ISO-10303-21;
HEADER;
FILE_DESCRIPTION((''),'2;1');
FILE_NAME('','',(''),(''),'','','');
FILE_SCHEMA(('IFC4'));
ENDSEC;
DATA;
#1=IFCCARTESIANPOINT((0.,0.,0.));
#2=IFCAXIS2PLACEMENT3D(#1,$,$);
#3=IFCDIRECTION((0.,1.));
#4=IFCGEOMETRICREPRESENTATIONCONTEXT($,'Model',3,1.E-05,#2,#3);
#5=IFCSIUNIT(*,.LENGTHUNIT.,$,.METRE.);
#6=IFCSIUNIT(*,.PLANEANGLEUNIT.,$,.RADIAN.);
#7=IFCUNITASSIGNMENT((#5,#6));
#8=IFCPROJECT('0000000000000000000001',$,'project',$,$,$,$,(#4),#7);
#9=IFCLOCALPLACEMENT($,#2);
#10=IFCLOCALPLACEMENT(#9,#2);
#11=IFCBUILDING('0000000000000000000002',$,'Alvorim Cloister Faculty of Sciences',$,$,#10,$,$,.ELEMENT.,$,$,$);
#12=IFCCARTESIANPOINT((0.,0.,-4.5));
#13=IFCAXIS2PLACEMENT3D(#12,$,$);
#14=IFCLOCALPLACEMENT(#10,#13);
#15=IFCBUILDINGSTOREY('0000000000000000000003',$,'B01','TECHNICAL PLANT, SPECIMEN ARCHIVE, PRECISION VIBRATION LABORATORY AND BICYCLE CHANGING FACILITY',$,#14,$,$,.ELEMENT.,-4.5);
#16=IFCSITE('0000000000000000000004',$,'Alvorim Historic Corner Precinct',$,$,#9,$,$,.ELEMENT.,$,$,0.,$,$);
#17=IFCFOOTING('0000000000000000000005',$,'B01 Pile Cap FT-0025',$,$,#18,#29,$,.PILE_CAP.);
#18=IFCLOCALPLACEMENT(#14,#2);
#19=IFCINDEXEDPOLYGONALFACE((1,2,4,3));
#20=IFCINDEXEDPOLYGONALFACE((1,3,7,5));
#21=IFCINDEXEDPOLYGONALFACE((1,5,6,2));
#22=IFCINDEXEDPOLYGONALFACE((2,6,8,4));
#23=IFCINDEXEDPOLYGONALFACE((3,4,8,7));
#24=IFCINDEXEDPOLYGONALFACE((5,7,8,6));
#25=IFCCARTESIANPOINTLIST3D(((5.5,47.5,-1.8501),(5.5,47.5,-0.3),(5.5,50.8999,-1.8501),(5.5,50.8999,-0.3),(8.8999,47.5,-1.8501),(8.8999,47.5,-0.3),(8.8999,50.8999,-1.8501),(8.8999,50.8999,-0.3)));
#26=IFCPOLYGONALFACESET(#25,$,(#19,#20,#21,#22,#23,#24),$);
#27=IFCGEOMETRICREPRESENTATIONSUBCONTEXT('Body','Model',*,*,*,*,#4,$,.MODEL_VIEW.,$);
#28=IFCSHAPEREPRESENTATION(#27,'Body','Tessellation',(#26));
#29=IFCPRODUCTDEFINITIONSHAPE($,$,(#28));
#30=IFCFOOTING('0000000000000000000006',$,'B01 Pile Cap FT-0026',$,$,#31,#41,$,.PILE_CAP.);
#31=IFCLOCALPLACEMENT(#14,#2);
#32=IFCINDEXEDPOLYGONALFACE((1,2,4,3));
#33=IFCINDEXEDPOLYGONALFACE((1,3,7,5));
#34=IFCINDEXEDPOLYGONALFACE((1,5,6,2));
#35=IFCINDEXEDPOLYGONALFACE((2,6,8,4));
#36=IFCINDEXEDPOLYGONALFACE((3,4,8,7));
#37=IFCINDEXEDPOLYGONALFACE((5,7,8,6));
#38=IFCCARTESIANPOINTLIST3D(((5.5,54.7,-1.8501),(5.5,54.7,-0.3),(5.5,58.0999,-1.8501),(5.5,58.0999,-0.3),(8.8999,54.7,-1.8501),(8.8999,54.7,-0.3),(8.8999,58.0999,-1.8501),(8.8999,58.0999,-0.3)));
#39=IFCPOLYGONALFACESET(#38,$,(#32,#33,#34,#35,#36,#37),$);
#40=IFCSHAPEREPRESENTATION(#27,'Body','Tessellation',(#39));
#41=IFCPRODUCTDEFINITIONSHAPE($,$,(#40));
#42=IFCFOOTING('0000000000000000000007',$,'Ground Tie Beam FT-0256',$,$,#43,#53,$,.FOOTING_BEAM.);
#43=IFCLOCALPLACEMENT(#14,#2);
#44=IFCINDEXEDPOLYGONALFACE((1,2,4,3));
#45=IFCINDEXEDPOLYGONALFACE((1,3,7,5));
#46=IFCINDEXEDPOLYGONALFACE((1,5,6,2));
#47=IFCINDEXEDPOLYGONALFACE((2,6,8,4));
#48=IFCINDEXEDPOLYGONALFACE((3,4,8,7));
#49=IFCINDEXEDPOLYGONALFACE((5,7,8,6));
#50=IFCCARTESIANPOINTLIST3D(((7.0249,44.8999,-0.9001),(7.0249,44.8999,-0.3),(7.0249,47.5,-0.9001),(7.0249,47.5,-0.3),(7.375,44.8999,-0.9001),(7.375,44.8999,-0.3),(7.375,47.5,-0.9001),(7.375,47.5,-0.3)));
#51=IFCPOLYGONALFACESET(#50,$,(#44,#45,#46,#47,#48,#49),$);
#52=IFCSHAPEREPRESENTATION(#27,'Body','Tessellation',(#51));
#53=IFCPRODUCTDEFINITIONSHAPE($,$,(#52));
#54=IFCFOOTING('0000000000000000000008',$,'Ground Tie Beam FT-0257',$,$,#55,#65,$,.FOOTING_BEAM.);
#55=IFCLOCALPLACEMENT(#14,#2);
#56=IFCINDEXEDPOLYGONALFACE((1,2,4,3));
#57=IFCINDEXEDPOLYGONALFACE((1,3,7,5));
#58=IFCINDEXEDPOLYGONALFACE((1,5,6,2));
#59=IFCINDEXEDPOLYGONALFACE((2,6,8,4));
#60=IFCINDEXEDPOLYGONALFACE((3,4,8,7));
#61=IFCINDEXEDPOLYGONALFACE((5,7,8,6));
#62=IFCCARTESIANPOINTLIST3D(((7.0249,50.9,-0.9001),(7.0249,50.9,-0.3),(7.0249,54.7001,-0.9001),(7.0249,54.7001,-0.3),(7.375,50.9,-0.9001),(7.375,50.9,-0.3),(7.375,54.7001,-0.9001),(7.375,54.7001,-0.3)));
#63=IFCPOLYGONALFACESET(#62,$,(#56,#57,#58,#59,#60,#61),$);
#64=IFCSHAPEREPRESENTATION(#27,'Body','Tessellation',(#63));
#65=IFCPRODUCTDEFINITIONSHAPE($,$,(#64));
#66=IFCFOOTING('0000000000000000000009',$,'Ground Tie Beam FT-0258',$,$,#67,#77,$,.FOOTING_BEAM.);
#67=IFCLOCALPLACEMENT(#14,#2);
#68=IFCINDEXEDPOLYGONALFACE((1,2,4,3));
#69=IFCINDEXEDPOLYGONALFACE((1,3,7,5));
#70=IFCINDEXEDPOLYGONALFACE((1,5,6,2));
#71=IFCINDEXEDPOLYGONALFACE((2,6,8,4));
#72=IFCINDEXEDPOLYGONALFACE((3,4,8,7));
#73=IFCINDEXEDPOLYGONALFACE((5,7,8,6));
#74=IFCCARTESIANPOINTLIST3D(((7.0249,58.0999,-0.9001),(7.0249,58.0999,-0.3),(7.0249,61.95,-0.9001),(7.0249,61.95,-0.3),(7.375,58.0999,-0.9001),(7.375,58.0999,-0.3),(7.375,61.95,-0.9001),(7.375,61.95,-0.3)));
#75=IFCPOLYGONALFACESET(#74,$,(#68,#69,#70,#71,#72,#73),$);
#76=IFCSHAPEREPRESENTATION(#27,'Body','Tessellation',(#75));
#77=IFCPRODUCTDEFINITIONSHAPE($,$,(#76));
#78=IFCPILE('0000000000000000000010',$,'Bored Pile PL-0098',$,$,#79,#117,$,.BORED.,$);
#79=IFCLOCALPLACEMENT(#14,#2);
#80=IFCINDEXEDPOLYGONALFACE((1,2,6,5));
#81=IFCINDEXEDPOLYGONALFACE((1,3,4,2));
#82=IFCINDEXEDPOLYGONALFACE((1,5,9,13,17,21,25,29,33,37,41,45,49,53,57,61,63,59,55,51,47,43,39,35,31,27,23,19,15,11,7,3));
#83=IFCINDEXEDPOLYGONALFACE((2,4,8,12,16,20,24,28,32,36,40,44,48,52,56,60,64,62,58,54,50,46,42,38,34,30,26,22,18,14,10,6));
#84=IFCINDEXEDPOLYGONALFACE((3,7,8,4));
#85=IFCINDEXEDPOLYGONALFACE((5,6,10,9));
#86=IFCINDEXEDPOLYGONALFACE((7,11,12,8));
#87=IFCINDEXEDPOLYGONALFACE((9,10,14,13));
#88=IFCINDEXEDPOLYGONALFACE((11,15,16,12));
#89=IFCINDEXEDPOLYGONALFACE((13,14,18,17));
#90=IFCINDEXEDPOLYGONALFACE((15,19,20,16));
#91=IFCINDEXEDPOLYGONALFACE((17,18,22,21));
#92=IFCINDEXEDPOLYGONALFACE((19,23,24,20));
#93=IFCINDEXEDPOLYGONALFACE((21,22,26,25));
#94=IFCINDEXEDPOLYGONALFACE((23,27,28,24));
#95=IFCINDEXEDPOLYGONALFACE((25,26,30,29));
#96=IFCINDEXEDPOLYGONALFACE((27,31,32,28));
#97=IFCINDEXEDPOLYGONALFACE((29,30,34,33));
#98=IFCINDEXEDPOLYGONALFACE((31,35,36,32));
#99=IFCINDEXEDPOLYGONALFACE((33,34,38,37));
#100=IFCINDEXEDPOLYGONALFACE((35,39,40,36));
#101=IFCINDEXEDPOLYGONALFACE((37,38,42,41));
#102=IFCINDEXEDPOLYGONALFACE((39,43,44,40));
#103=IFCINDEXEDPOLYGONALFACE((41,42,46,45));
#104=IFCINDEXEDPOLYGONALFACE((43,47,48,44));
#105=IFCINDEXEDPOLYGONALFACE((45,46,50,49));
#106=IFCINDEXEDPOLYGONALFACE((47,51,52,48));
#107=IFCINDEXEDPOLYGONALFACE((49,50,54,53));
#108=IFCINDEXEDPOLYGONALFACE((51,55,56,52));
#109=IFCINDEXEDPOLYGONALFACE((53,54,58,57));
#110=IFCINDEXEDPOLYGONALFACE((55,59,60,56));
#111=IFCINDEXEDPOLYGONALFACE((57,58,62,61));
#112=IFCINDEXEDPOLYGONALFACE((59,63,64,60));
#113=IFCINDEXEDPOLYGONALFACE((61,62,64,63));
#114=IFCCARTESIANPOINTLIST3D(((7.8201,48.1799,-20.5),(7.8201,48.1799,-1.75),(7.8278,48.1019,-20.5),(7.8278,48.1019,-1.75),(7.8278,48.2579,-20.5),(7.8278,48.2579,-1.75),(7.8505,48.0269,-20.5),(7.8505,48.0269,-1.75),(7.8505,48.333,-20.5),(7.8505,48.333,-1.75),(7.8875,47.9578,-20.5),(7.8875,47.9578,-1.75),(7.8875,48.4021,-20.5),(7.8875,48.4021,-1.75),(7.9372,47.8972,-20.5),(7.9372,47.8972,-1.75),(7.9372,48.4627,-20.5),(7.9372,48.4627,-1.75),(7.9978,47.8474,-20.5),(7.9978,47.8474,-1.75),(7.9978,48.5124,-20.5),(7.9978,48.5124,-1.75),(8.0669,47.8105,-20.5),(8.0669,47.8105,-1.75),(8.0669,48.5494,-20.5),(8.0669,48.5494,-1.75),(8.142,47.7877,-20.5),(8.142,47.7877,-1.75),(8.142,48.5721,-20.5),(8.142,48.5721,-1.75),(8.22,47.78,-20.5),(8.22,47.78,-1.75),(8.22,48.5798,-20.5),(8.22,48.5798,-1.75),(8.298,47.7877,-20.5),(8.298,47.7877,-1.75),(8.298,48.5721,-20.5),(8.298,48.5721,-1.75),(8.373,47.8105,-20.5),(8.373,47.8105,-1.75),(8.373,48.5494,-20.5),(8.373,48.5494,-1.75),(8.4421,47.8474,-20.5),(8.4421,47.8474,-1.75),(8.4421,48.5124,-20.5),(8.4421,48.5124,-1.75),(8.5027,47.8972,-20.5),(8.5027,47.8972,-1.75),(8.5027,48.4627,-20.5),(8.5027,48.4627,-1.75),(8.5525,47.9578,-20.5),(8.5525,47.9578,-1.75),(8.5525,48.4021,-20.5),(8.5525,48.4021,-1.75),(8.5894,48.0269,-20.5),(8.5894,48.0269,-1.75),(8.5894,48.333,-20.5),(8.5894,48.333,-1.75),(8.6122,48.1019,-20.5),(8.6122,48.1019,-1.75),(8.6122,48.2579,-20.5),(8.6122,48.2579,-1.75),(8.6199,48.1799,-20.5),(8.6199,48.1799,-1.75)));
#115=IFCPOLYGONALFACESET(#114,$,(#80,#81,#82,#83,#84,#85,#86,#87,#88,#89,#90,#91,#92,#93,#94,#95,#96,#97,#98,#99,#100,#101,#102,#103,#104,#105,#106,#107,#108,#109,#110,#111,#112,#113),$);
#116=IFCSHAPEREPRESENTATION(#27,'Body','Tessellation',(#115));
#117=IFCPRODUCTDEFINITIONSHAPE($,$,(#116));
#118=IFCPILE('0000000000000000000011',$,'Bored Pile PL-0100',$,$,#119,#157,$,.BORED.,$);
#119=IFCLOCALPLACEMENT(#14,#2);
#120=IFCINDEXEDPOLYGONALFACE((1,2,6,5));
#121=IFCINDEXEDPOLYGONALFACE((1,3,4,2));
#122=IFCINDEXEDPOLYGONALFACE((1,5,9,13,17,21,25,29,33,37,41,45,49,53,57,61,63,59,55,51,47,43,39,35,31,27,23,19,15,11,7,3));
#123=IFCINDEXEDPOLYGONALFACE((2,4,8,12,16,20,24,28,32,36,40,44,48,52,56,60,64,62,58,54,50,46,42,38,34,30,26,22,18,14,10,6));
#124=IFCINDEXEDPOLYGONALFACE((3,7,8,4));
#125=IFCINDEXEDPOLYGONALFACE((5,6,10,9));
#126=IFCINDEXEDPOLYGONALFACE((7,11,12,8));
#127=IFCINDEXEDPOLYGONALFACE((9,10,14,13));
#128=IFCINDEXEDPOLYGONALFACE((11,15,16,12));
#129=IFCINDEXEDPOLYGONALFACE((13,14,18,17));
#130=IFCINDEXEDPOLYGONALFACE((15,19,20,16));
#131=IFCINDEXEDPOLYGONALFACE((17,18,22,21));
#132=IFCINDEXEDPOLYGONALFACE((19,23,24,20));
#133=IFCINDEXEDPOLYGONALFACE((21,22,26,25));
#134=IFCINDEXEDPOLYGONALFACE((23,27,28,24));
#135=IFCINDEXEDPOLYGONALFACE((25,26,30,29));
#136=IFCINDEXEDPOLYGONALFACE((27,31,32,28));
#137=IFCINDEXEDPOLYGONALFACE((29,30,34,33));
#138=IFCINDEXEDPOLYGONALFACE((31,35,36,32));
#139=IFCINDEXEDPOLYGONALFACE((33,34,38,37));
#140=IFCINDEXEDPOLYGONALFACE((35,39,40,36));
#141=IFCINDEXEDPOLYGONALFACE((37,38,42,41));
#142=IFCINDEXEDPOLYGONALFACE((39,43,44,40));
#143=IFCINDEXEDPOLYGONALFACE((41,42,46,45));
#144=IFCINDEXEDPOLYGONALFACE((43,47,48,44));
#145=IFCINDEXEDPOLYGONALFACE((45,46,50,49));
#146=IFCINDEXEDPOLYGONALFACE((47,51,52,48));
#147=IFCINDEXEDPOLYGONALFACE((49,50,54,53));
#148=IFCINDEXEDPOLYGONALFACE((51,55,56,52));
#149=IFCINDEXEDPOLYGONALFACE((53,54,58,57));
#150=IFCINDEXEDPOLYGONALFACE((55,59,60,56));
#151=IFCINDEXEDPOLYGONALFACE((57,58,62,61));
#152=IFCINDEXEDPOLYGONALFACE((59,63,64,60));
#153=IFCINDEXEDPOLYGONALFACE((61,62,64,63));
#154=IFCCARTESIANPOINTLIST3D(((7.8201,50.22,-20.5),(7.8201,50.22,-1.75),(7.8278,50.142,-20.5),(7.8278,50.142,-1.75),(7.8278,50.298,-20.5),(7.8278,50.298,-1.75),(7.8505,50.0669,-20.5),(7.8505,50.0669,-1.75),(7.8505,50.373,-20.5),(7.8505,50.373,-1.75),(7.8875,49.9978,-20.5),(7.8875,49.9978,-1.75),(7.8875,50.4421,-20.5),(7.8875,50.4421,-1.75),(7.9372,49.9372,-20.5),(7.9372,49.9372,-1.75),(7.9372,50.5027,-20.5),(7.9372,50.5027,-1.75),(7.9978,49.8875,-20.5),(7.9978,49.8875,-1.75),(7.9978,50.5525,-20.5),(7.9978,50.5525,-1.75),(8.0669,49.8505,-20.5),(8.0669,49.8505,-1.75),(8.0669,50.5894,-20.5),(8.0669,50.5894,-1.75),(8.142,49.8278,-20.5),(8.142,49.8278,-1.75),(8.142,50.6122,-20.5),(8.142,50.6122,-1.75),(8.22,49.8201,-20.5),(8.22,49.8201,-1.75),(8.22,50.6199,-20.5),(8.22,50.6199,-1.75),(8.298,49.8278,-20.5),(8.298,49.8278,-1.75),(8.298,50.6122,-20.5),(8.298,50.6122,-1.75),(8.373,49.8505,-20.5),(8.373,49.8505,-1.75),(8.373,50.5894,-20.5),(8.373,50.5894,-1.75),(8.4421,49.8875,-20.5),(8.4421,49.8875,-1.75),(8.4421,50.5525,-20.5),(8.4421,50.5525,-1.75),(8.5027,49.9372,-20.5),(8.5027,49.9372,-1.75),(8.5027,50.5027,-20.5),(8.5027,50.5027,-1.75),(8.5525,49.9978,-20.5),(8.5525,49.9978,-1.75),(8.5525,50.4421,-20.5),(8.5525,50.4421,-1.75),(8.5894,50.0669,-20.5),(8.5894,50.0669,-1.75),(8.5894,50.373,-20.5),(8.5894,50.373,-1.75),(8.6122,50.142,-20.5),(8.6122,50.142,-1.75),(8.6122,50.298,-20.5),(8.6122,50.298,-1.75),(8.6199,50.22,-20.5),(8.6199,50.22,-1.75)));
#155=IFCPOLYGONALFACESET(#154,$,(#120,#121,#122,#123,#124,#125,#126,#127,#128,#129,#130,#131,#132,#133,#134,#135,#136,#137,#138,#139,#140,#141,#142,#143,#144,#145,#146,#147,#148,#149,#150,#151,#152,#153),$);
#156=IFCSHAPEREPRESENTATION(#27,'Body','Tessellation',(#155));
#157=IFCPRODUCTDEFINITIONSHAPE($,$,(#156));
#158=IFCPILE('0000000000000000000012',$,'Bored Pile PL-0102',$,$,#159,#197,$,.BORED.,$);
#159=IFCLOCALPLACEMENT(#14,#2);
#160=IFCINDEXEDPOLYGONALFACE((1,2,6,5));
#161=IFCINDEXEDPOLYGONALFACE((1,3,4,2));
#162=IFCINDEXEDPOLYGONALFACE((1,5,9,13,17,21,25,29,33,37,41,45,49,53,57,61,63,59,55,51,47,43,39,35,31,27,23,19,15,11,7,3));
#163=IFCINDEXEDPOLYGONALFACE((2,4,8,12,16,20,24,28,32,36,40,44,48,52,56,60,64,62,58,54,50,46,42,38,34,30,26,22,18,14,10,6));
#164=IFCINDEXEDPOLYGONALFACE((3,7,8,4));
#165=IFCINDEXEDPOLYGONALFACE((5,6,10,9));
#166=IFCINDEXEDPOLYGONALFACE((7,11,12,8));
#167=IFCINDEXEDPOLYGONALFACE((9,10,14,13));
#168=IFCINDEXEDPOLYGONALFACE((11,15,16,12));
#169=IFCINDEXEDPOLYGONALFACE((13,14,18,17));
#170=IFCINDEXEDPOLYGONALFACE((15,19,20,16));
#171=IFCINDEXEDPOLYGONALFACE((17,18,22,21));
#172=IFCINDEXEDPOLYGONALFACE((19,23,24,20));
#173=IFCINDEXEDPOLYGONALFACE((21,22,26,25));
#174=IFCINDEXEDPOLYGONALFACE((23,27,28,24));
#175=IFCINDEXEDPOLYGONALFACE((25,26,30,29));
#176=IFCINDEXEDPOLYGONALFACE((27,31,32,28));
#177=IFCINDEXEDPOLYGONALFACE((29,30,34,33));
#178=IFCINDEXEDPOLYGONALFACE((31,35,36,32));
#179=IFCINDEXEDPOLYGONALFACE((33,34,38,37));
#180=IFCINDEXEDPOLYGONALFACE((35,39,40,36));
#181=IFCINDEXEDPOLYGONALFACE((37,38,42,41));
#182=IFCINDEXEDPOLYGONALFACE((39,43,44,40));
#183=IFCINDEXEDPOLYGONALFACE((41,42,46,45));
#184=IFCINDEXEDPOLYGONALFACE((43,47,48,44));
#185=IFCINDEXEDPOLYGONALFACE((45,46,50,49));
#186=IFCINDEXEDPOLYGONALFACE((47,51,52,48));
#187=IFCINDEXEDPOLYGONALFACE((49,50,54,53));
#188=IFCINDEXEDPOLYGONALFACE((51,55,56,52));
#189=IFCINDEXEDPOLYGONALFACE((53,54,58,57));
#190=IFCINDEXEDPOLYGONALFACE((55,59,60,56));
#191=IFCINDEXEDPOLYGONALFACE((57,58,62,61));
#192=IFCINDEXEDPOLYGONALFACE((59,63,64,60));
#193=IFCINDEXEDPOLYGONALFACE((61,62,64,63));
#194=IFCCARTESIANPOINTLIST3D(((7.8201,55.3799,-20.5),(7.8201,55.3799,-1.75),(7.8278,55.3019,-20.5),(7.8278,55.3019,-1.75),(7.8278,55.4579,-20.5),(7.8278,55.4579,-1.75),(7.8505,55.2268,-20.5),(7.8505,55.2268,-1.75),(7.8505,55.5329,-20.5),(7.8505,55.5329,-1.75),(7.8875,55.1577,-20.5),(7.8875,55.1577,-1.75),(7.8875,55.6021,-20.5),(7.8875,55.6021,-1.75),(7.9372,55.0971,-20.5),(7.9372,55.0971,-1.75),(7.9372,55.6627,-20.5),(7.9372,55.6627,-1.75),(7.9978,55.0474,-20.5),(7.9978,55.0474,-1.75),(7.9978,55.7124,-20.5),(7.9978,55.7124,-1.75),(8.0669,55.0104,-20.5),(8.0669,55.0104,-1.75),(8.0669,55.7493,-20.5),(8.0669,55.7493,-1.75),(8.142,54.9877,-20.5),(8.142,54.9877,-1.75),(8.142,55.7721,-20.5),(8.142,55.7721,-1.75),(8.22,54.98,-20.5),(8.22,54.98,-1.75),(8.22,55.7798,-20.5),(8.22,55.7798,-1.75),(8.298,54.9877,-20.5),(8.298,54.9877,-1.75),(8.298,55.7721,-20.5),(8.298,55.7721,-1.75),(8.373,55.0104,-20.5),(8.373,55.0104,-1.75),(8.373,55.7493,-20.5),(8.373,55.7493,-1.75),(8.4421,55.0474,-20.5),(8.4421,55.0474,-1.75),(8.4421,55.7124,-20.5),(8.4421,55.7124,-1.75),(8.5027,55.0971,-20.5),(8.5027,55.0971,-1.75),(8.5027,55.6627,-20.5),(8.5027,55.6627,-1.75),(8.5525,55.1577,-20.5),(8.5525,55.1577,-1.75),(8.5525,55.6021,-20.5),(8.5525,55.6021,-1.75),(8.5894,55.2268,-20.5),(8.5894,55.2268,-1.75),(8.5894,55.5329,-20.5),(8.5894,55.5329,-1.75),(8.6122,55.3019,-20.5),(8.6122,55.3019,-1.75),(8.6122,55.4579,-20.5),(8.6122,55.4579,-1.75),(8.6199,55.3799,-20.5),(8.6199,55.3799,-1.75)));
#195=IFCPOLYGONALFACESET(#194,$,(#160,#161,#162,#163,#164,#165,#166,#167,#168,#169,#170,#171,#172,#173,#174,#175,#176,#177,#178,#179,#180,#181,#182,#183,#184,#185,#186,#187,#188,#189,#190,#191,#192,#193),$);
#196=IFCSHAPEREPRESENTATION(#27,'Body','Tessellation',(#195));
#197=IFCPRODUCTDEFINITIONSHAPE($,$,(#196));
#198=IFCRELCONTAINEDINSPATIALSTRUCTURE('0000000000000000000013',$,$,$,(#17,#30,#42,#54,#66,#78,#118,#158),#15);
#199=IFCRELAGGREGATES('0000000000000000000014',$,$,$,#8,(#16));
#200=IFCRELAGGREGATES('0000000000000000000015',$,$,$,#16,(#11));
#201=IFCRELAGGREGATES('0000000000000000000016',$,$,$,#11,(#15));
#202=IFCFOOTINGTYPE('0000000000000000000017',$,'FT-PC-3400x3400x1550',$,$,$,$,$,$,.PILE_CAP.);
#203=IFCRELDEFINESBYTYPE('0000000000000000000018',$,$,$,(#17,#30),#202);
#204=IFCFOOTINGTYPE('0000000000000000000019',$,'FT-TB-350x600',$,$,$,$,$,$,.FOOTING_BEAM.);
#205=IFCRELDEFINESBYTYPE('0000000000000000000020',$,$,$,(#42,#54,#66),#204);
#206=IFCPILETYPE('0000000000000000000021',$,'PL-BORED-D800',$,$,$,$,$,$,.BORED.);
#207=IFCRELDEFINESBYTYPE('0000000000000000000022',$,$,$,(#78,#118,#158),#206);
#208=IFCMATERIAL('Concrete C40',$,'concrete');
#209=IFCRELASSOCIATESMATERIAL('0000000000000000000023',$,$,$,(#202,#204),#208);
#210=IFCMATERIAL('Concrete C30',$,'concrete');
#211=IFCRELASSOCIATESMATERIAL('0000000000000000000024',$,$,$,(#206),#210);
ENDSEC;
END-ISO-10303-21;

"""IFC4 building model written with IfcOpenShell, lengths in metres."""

from ifc_helpers import new_model, si_unit, direction, frame, origin, origin_2d, place, context, subcontext, project, spatial, rectangle, circle, extrude, material, material_profile, profile_set, type_object, element, save


model = new_model("IFC4")

# Units and contexts
model_context = context("Model", 3, precision=1e-05, world=origin(), true_north=direction((0.0, 1.0)))
body_context = subcontext(model_context, "Body", "Model", "MODEL_VIEW")
ifc_project = project(units=[si_unit("LENGTHUNIT", "METRE"), si_unit("PLANEANGLEUNIT", "RADIAN")], contexts=[model_context])

# Site, building, storey
site_placement = place(None, origin())
site = spatial("IfcSite", under=ifc_project, at=site_placement, Name="Alvorim Historic Corner Precinct", CompositionType="ELEMENT", RefElevation=0.0)
building_placement = place(site_placement, origin())
building = spatial("IfcBuilding", under=site, at=building_placement, Name="Alvorim Cloister Faculty of Sciences", CompositionType="ELEMENT")
storey_placement = place(building_placement, frame((0.0, 0.0, -4.5)))
storey = spatial("IfcBuildingStorey", under=building, at=storey_placement, Name="B01", Description="TECHNICAL PLANT, SPECIMEN ARCHIVE, PRECISION VIBRATION LABORATORY AND BICYCLE CHANGING FACILITY", CompositionType="ELEMENT", Elevation=-4.5)

# Footings
ifc_material_1 = material(Name="Concrete C40", Category="concrete")
footing_type_1 = type_object("IfcFootingType", Name="FT-PC-3400x3400x1550", PredefinedType="PILE_CAP", material=ifc_material_1)
for number, where, z_axis, x_axis, name in (
    (1, (7.2, 49.2, -1.8501), (0.0, 0.0, 1.0), (1.0, 0.0, 0.0), "B01 Pile Cap FT-0025"),
    (2, (7.2, 56.3999, -1.8501), (0.0, 0.0, 1.0), (1.0, 0.0, 0.0), "B01 Pile Cap FT-0026"),
):
    element("IfcFooting", number, at=place(storey_placement, frame(where, z_axis=z_axis, x_axis=x_axis)), inside=storey, type_object=footing_type_1, Name=name, PredefinedType="PILE_CAP", context=body_context, shape_type="SweptSolid", body=[
        extrude(rectangle(XDim=3.3999, YDim=3.3999, at=origin_2d()), origin(), (0.0, 0.0, 1.0), 1.55),
    ])
footing_type_2 = type_object("IfcFootingType", Name="FT-TB-350x600", PredefinedType="FOOTING_BEAM", material=ifc_material_1)
footing_1_placement = place(storey_placement, frame((7.2, 46.2, -0.9001), z_axis=(0.0, 0.0, 1.0), x_axis=(1.0, 0.0, 0.0)))
element("IfcFooting", 3, at=footing_1_placement, inside=storey, type_object=footing_type_2, Name="Ground Tie Beam FT-0256", PredefinedType="FOOTING_BEAM", context=body_context, shape_type="SweptSolid", body=[
    extrude(rectangle(XDim=0.3501, YDim=2.6001, at=origin_2d()), origin(), (0.0, 0.0, 1.0), 0.6001),
])
footing_2_placement = place(storey_placement, frame((7.2, 52.8, -0.9001), z_axis=(0.0, 0.0, 1.0), x_axis=(1.0, 0.0, 0.0)))
element("IfcFooting", 4, at=footing_2_placement, inside=storey, type_object=footing_type_2, Name="Ground Tie Beam FT-0257", PredefinedType="FOOTING_BEAM", context=body_context, shape_type="SweptSolid", body=[
    extrude(rectangle(XDim=0.3501, YDim=3.8, at=origin_2d()), origin(), (0.0, 0.0, 1.0), 0.6001),
])
footing_3_placement = place(storey_placement, frame((7.2, 60.0249, -0.9001), z_axis=(0.0, 0.0, 1.0), x_axis=(1.0, 0.0, 0.0)))
element("IfcFooting", 5, at=footing_3_placement, inside=storey, type_object=footing_type_2, Name="Ground Tie Beam FT-0258", PredefinedType="FOOTING_BEAM", context=body_context, shape_type="SweptSolid", body=[
    extrude(rectangle(XDim=0.3501, YDim=3.8501, at=origin_2d()), origin(), (0.0, 0.0, 1.0), 0.6001),
])

# Piles
ifc_material_2 = material(Name="Concrete C30", Category="concrete")
ifc_material_profile_1 = material_profile(ifc_material_2, circle(Radius=0.3999, at=origin_2d()), Name="PILE-D800")
ifc_profile_set_1 = profile_set([ifc_material_profile_1], Name="Concrete C30")
pile_type = type_object("IfcPileType", Name="PL-BORED-D800", PredefinedType="BORED", material=ifc_profile_set_1)
for number, where, z_axis, x_axis, name in (
    (6, (8.22, 48.1799, -1.75), (0.0, 0.0, -1.0), (1.0, 0.0, 0.0), "Bored Pile PL-0098"),
    (7, (8.22, 50.22, -1.75), (0.0, 0.0, -1.0), (1.0, 0.0, 0.0), "Bored Pile PL-0100"),
    (8, (8.22, 55.3799, -1.75), (0.0, 0.0, -1.0), (1.0, 0.0, 0.0), "Bored Pile PL-0102"),
):
    element("IfcPile", number, at=place(storey_placement, frame(where, z_axis=z_axis, x_axis=x_axis)), inside=storey, type_object=pile_type, Name=name, PredefinedType="BORED", context=body_context, shape_type="SweptSolid", body=[
        extrude(circle(Radius=0.3999, at=origin_2d()), origin(), (0.0, 0.0, 1.0), 18.75),
    ])

save(model, "model.ifc")
